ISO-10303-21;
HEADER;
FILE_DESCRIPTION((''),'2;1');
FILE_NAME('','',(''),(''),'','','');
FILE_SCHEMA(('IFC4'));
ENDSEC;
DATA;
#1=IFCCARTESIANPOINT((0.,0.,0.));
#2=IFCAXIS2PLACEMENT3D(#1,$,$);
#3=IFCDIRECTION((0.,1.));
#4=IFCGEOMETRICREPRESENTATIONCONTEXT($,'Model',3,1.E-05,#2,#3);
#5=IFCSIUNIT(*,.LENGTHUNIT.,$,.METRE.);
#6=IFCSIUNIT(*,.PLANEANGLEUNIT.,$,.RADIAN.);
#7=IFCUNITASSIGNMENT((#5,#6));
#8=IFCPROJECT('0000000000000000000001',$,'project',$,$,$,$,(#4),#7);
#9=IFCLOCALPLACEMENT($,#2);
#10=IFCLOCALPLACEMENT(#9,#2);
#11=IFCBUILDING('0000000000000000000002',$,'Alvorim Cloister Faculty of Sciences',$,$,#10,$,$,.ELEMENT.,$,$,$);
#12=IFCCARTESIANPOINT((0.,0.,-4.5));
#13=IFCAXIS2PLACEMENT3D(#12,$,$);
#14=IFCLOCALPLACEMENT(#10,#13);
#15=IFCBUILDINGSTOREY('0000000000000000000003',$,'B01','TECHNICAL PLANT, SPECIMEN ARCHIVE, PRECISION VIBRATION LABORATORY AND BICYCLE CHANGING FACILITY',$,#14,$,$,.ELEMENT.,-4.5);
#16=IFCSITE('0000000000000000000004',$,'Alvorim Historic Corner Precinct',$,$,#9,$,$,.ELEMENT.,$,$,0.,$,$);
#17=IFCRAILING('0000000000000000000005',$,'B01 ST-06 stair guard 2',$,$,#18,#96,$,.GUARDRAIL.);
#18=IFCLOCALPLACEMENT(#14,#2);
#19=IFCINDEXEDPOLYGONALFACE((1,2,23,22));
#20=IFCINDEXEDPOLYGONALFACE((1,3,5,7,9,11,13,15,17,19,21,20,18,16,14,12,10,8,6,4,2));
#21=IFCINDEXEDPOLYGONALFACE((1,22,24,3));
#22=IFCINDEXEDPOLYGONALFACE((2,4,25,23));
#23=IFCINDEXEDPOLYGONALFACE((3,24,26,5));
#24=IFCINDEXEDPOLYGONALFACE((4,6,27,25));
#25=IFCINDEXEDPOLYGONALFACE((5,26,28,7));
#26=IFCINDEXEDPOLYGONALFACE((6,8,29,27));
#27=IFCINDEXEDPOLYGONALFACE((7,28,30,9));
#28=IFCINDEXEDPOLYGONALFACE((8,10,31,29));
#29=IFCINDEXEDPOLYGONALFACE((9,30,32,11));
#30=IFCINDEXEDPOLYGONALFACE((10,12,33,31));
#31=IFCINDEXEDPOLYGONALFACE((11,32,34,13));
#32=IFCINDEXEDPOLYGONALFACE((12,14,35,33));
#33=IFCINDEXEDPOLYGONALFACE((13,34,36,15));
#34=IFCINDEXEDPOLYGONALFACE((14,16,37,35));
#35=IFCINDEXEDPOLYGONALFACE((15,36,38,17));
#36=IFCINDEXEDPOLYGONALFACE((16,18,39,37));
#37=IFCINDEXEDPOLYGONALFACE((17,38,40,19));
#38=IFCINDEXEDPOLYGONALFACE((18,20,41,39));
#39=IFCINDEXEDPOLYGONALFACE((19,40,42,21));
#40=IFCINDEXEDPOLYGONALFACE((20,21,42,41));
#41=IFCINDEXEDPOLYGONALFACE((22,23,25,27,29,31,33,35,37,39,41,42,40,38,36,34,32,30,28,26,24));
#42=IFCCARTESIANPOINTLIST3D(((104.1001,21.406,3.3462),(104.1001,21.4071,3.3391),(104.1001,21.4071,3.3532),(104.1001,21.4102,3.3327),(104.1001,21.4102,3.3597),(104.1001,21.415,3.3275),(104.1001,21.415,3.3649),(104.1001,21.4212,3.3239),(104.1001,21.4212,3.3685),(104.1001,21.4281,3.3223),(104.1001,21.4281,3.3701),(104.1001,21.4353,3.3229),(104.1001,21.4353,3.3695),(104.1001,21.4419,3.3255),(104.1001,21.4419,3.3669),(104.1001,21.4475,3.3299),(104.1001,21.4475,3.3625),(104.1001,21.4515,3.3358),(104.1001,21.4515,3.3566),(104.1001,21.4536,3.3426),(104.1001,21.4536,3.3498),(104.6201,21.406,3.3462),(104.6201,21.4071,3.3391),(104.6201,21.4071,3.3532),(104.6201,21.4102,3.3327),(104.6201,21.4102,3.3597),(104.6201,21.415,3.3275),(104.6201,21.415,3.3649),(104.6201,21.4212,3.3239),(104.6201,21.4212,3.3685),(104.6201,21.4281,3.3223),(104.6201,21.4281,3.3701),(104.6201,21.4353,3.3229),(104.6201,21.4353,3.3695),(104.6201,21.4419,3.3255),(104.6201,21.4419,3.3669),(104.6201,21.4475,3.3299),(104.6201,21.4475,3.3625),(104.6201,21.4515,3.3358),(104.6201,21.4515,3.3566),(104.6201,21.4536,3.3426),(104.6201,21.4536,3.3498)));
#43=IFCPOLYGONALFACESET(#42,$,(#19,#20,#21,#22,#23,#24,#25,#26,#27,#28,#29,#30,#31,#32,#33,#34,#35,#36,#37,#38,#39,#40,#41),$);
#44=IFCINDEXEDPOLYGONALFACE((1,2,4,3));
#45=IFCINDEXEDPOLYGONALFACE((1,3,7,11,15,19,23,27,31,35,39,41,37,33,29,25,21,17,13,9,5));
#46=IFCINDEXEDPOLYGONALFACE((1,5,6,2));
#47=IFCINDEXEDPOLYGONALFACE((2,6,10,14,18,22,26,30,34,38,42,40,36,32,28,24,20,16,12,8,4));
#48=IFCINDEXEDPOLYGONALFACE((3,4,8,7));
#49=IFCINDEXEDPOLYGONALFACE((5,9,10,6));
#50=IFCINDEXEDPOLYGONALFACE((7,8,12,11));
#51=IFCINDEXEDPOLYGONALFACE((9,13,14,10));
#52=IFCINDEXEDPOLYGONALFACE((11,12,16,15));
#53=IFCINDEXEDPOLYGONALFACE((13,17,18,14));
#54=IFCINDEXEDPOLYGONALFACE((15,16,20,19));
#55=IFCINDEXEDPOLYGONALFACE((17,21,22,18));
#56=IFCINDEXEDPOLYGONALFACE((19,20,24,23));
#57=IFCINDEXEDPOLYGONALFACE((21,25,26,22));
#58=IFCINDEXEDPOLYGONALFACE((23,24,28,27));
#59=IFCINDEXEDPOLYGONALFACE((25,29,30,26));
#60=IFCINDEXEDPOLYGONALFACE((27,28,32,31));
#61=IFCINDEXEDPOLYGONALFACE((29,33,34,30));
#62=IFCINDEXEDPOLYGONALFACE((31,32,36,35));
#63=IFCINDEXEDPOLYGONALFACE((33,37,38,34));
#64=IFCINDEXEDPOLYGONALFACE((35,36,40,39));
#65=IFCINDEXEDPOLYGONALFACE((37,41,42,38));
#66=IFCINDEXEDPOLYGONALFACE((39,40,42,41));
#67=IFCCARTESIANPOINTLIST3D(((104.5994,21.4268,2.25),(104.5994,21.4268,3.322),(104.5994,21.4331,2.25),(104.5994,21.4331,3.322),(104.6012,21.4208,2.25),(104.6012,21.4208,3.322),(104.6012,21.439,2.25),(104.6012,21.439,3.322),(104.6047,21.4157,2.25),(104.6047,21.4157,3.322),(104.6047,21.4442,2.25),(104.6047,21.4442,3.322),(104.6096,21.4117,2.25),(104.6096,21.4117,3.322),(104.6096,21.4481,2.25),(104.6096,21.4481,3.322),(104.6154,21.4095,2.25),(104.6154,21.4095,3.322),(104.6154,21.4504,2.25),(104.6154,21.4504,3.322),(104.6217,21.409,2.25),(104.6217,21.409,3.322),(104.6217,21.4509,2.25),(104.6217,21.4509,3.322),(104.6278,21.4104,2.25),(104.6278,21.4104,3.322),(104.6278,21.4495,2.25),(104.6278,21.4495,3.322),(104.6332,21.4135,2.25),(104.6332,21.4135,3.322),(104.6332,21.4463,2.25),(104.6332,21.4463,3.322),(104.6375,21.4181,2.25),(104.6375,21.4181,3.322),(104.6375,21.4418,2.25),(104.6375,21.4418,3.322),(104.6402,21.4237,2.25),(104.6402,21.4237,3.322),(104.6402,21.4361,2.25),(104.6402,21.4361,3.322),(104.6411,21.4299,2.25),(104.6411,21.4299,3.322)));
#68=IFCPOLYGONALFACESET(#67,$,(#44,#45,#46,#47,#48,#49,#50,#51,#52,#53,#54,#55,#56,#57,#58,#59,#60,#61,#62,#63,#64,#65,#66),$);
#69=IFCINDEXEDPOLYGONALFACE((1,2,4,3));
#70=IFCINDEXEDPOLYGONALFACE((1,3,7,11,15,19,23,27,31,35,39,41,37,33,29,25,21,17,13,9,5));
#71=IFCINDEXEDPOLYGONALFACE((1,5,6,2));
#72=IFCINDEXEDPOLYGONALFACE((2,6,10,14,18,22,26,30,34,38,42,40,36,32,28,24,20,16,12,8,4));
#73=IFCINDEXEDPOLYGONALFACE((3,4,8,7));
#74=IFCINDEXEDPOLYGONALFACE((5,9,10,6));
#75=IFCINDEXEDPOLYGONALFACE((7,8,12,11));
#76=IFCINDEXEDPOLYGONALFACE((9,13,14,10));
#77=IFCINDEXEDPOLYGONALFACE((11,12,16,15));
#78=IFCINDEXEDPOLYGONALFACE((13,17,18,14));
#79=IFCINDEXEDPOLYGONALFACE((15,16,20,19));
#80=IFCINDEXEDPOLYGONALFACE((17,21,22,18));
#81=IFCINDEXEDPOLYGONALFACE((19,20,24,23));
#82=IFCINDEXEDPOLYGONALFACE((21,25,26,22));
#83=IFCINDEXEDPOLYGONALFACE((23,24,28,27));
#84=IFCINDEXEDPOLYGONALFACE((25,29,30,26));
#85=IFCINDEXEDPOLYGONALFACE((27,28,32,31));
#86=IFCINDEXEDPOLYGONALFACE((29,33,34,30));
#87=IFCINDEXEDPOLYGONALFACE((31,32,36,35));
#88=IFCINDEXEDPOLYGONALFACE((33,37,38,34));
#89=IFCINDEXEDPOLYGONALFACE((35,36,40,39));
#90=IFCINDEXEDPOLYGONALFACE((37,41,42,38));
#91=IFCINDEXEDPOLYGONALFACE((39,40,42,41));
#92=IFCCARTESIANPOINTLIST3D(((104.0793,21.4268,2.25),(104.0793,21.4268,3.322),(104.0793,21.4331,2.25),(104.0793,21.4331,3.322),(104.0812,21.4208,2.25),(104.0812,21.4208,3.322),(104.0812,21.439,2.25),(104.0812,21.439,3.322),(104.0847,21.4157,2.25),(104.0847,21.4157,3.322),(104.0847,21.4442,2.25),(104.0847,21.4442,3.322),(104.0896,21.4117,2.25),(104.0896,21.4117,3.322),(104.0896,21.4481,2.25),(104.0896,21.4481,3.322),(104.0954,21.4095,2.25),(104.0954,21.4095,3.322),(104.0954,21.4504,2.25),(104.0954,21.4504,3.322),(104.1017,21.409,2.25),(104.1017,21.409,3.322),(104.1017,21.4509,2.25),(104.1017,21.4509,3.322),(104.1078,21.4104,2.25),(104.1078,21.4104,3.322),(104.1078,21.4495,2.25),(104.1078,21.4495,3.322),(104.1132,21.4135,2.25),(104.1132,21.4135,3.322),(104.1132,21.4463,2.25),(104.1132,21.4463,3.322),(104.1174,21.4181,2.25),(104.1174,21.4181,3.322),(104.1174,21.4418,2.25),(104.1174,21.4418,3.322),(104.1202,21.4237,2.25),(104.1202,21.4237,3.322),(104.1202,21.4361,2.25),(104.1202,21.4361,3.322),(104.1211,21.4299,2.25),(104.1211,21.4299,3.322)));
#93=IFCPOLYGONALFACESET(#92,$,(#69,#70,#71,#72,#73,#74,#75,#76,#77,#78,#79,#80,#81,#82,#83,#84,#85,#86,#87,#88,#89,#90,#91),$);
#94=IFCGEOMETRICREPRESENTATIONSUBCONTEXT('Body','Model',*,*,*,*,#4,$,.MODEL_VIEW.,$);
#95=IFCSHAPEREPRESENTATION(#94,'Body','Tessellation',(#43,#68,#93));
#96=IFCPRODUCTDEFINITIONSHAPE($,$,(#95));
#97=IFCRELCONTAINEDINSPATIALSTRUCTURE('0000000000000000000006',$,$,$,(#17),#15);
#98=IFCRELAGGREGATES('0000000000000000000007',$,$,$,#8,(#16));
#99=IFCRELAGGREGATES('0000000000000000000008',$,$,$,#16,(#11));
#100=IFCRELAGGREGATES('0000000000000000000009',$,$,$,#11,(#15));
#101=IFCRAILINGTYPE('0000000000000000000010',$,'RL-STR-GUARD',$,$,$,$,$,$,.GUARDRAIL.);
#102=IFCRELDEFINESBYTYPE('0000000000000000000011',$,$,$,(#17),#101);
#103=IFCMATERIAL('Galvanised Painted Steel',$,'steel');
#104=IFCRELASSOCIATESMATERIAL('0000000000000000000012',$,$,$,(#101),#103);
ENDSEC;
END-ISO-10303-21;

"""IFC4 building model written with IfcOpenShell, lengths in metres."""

from ifc_helpers import new_model, si_unit, direction, frame, origin, origin_2d, place, context, subcontext, project, spatial, circle, extrude, material, type_object, element, save


model = new_model("IFC4")

# Units and contexts
model_context = context("Model", 3, precision=1e-05, world=origin(), true_north=direction((0.0, 1.0)))
body_context = subcontext(model_context, "Body", "Model", "MODEL_VIEW")
ifc_project = project(units=[si_unit("LENGTHUNIT", "METRE"), si_unit("PLANEANGLEUNIT", "RADIAN")], contexts=[model_context])

# Site, building, storey
site_placement = place(None, origin())
site = spatial("IfcSite", under=ifc_project, at=site_placement, Name="Alvorim Historic Corner Precinct", CompositionType="ELEMENT", RefElevation=0.0)
building_placement = place(site_placement, origin())
building = spatial("IfcBuilding", under=site, at=building_placement, Name="Alvorim Cloister Faculty of Sciences", CompositionType="ELEMENT")
storey_placement = place(building_placement, frame((0.0, 0.0, -4.5)))
storey = spatial("IfcBuildingStorey", under=building, at=storey_placement, Name="B01", Description="TECHNICAL PLANT, SPECIMEN ARCHIVE, PRECISION VIBRATION LABORATORY AND BICYCLE CHANGING FACILITY", CompositionType="ELEMENT", Elevation=-4.5)

# Railing
ifc_material_1 = material(Name="Galvanised Painted Steel", Category="steel")
railing_type_1 = type_object("IfcRailingType", Name="RL-STR-GUARD", PredefinedType="GUARDRAIL", material=ifc_material_1)
railing_1_placement = place(storey_placement, frame((104.6201, 21.4299, 2.25)))
element("IfcRailing", 1, at=railing_1_placement, inside=storey, type_object=railing_type_1, Name="B01 ST-06 stair guard 2", PredefinedType="GUARDRAIL", context=body_context, shape_type="SweptSolid", body=[
    extrude(circle(Radius=0.0239, at=origin_2d()), frame((0.0, 0.0, 1.0962), z_axis=(-1.0, 0.0, 0.0), x_axis=(0.0, -1.0, 0.0)), (0.0, 0.0, 1.0), 0.52),
    extrude(circle(Radius=0.021, at=origin_2d()), origin(), (0.0, 0.0, 1.0), 1.072),
    extrude(circle(Radius=0.021, at=origin_2d()), frame((-0.52, 0.0, 0.0)), (0.0, 0.0, 1.0), 1.072),
])

save(model, "model.ifc")
